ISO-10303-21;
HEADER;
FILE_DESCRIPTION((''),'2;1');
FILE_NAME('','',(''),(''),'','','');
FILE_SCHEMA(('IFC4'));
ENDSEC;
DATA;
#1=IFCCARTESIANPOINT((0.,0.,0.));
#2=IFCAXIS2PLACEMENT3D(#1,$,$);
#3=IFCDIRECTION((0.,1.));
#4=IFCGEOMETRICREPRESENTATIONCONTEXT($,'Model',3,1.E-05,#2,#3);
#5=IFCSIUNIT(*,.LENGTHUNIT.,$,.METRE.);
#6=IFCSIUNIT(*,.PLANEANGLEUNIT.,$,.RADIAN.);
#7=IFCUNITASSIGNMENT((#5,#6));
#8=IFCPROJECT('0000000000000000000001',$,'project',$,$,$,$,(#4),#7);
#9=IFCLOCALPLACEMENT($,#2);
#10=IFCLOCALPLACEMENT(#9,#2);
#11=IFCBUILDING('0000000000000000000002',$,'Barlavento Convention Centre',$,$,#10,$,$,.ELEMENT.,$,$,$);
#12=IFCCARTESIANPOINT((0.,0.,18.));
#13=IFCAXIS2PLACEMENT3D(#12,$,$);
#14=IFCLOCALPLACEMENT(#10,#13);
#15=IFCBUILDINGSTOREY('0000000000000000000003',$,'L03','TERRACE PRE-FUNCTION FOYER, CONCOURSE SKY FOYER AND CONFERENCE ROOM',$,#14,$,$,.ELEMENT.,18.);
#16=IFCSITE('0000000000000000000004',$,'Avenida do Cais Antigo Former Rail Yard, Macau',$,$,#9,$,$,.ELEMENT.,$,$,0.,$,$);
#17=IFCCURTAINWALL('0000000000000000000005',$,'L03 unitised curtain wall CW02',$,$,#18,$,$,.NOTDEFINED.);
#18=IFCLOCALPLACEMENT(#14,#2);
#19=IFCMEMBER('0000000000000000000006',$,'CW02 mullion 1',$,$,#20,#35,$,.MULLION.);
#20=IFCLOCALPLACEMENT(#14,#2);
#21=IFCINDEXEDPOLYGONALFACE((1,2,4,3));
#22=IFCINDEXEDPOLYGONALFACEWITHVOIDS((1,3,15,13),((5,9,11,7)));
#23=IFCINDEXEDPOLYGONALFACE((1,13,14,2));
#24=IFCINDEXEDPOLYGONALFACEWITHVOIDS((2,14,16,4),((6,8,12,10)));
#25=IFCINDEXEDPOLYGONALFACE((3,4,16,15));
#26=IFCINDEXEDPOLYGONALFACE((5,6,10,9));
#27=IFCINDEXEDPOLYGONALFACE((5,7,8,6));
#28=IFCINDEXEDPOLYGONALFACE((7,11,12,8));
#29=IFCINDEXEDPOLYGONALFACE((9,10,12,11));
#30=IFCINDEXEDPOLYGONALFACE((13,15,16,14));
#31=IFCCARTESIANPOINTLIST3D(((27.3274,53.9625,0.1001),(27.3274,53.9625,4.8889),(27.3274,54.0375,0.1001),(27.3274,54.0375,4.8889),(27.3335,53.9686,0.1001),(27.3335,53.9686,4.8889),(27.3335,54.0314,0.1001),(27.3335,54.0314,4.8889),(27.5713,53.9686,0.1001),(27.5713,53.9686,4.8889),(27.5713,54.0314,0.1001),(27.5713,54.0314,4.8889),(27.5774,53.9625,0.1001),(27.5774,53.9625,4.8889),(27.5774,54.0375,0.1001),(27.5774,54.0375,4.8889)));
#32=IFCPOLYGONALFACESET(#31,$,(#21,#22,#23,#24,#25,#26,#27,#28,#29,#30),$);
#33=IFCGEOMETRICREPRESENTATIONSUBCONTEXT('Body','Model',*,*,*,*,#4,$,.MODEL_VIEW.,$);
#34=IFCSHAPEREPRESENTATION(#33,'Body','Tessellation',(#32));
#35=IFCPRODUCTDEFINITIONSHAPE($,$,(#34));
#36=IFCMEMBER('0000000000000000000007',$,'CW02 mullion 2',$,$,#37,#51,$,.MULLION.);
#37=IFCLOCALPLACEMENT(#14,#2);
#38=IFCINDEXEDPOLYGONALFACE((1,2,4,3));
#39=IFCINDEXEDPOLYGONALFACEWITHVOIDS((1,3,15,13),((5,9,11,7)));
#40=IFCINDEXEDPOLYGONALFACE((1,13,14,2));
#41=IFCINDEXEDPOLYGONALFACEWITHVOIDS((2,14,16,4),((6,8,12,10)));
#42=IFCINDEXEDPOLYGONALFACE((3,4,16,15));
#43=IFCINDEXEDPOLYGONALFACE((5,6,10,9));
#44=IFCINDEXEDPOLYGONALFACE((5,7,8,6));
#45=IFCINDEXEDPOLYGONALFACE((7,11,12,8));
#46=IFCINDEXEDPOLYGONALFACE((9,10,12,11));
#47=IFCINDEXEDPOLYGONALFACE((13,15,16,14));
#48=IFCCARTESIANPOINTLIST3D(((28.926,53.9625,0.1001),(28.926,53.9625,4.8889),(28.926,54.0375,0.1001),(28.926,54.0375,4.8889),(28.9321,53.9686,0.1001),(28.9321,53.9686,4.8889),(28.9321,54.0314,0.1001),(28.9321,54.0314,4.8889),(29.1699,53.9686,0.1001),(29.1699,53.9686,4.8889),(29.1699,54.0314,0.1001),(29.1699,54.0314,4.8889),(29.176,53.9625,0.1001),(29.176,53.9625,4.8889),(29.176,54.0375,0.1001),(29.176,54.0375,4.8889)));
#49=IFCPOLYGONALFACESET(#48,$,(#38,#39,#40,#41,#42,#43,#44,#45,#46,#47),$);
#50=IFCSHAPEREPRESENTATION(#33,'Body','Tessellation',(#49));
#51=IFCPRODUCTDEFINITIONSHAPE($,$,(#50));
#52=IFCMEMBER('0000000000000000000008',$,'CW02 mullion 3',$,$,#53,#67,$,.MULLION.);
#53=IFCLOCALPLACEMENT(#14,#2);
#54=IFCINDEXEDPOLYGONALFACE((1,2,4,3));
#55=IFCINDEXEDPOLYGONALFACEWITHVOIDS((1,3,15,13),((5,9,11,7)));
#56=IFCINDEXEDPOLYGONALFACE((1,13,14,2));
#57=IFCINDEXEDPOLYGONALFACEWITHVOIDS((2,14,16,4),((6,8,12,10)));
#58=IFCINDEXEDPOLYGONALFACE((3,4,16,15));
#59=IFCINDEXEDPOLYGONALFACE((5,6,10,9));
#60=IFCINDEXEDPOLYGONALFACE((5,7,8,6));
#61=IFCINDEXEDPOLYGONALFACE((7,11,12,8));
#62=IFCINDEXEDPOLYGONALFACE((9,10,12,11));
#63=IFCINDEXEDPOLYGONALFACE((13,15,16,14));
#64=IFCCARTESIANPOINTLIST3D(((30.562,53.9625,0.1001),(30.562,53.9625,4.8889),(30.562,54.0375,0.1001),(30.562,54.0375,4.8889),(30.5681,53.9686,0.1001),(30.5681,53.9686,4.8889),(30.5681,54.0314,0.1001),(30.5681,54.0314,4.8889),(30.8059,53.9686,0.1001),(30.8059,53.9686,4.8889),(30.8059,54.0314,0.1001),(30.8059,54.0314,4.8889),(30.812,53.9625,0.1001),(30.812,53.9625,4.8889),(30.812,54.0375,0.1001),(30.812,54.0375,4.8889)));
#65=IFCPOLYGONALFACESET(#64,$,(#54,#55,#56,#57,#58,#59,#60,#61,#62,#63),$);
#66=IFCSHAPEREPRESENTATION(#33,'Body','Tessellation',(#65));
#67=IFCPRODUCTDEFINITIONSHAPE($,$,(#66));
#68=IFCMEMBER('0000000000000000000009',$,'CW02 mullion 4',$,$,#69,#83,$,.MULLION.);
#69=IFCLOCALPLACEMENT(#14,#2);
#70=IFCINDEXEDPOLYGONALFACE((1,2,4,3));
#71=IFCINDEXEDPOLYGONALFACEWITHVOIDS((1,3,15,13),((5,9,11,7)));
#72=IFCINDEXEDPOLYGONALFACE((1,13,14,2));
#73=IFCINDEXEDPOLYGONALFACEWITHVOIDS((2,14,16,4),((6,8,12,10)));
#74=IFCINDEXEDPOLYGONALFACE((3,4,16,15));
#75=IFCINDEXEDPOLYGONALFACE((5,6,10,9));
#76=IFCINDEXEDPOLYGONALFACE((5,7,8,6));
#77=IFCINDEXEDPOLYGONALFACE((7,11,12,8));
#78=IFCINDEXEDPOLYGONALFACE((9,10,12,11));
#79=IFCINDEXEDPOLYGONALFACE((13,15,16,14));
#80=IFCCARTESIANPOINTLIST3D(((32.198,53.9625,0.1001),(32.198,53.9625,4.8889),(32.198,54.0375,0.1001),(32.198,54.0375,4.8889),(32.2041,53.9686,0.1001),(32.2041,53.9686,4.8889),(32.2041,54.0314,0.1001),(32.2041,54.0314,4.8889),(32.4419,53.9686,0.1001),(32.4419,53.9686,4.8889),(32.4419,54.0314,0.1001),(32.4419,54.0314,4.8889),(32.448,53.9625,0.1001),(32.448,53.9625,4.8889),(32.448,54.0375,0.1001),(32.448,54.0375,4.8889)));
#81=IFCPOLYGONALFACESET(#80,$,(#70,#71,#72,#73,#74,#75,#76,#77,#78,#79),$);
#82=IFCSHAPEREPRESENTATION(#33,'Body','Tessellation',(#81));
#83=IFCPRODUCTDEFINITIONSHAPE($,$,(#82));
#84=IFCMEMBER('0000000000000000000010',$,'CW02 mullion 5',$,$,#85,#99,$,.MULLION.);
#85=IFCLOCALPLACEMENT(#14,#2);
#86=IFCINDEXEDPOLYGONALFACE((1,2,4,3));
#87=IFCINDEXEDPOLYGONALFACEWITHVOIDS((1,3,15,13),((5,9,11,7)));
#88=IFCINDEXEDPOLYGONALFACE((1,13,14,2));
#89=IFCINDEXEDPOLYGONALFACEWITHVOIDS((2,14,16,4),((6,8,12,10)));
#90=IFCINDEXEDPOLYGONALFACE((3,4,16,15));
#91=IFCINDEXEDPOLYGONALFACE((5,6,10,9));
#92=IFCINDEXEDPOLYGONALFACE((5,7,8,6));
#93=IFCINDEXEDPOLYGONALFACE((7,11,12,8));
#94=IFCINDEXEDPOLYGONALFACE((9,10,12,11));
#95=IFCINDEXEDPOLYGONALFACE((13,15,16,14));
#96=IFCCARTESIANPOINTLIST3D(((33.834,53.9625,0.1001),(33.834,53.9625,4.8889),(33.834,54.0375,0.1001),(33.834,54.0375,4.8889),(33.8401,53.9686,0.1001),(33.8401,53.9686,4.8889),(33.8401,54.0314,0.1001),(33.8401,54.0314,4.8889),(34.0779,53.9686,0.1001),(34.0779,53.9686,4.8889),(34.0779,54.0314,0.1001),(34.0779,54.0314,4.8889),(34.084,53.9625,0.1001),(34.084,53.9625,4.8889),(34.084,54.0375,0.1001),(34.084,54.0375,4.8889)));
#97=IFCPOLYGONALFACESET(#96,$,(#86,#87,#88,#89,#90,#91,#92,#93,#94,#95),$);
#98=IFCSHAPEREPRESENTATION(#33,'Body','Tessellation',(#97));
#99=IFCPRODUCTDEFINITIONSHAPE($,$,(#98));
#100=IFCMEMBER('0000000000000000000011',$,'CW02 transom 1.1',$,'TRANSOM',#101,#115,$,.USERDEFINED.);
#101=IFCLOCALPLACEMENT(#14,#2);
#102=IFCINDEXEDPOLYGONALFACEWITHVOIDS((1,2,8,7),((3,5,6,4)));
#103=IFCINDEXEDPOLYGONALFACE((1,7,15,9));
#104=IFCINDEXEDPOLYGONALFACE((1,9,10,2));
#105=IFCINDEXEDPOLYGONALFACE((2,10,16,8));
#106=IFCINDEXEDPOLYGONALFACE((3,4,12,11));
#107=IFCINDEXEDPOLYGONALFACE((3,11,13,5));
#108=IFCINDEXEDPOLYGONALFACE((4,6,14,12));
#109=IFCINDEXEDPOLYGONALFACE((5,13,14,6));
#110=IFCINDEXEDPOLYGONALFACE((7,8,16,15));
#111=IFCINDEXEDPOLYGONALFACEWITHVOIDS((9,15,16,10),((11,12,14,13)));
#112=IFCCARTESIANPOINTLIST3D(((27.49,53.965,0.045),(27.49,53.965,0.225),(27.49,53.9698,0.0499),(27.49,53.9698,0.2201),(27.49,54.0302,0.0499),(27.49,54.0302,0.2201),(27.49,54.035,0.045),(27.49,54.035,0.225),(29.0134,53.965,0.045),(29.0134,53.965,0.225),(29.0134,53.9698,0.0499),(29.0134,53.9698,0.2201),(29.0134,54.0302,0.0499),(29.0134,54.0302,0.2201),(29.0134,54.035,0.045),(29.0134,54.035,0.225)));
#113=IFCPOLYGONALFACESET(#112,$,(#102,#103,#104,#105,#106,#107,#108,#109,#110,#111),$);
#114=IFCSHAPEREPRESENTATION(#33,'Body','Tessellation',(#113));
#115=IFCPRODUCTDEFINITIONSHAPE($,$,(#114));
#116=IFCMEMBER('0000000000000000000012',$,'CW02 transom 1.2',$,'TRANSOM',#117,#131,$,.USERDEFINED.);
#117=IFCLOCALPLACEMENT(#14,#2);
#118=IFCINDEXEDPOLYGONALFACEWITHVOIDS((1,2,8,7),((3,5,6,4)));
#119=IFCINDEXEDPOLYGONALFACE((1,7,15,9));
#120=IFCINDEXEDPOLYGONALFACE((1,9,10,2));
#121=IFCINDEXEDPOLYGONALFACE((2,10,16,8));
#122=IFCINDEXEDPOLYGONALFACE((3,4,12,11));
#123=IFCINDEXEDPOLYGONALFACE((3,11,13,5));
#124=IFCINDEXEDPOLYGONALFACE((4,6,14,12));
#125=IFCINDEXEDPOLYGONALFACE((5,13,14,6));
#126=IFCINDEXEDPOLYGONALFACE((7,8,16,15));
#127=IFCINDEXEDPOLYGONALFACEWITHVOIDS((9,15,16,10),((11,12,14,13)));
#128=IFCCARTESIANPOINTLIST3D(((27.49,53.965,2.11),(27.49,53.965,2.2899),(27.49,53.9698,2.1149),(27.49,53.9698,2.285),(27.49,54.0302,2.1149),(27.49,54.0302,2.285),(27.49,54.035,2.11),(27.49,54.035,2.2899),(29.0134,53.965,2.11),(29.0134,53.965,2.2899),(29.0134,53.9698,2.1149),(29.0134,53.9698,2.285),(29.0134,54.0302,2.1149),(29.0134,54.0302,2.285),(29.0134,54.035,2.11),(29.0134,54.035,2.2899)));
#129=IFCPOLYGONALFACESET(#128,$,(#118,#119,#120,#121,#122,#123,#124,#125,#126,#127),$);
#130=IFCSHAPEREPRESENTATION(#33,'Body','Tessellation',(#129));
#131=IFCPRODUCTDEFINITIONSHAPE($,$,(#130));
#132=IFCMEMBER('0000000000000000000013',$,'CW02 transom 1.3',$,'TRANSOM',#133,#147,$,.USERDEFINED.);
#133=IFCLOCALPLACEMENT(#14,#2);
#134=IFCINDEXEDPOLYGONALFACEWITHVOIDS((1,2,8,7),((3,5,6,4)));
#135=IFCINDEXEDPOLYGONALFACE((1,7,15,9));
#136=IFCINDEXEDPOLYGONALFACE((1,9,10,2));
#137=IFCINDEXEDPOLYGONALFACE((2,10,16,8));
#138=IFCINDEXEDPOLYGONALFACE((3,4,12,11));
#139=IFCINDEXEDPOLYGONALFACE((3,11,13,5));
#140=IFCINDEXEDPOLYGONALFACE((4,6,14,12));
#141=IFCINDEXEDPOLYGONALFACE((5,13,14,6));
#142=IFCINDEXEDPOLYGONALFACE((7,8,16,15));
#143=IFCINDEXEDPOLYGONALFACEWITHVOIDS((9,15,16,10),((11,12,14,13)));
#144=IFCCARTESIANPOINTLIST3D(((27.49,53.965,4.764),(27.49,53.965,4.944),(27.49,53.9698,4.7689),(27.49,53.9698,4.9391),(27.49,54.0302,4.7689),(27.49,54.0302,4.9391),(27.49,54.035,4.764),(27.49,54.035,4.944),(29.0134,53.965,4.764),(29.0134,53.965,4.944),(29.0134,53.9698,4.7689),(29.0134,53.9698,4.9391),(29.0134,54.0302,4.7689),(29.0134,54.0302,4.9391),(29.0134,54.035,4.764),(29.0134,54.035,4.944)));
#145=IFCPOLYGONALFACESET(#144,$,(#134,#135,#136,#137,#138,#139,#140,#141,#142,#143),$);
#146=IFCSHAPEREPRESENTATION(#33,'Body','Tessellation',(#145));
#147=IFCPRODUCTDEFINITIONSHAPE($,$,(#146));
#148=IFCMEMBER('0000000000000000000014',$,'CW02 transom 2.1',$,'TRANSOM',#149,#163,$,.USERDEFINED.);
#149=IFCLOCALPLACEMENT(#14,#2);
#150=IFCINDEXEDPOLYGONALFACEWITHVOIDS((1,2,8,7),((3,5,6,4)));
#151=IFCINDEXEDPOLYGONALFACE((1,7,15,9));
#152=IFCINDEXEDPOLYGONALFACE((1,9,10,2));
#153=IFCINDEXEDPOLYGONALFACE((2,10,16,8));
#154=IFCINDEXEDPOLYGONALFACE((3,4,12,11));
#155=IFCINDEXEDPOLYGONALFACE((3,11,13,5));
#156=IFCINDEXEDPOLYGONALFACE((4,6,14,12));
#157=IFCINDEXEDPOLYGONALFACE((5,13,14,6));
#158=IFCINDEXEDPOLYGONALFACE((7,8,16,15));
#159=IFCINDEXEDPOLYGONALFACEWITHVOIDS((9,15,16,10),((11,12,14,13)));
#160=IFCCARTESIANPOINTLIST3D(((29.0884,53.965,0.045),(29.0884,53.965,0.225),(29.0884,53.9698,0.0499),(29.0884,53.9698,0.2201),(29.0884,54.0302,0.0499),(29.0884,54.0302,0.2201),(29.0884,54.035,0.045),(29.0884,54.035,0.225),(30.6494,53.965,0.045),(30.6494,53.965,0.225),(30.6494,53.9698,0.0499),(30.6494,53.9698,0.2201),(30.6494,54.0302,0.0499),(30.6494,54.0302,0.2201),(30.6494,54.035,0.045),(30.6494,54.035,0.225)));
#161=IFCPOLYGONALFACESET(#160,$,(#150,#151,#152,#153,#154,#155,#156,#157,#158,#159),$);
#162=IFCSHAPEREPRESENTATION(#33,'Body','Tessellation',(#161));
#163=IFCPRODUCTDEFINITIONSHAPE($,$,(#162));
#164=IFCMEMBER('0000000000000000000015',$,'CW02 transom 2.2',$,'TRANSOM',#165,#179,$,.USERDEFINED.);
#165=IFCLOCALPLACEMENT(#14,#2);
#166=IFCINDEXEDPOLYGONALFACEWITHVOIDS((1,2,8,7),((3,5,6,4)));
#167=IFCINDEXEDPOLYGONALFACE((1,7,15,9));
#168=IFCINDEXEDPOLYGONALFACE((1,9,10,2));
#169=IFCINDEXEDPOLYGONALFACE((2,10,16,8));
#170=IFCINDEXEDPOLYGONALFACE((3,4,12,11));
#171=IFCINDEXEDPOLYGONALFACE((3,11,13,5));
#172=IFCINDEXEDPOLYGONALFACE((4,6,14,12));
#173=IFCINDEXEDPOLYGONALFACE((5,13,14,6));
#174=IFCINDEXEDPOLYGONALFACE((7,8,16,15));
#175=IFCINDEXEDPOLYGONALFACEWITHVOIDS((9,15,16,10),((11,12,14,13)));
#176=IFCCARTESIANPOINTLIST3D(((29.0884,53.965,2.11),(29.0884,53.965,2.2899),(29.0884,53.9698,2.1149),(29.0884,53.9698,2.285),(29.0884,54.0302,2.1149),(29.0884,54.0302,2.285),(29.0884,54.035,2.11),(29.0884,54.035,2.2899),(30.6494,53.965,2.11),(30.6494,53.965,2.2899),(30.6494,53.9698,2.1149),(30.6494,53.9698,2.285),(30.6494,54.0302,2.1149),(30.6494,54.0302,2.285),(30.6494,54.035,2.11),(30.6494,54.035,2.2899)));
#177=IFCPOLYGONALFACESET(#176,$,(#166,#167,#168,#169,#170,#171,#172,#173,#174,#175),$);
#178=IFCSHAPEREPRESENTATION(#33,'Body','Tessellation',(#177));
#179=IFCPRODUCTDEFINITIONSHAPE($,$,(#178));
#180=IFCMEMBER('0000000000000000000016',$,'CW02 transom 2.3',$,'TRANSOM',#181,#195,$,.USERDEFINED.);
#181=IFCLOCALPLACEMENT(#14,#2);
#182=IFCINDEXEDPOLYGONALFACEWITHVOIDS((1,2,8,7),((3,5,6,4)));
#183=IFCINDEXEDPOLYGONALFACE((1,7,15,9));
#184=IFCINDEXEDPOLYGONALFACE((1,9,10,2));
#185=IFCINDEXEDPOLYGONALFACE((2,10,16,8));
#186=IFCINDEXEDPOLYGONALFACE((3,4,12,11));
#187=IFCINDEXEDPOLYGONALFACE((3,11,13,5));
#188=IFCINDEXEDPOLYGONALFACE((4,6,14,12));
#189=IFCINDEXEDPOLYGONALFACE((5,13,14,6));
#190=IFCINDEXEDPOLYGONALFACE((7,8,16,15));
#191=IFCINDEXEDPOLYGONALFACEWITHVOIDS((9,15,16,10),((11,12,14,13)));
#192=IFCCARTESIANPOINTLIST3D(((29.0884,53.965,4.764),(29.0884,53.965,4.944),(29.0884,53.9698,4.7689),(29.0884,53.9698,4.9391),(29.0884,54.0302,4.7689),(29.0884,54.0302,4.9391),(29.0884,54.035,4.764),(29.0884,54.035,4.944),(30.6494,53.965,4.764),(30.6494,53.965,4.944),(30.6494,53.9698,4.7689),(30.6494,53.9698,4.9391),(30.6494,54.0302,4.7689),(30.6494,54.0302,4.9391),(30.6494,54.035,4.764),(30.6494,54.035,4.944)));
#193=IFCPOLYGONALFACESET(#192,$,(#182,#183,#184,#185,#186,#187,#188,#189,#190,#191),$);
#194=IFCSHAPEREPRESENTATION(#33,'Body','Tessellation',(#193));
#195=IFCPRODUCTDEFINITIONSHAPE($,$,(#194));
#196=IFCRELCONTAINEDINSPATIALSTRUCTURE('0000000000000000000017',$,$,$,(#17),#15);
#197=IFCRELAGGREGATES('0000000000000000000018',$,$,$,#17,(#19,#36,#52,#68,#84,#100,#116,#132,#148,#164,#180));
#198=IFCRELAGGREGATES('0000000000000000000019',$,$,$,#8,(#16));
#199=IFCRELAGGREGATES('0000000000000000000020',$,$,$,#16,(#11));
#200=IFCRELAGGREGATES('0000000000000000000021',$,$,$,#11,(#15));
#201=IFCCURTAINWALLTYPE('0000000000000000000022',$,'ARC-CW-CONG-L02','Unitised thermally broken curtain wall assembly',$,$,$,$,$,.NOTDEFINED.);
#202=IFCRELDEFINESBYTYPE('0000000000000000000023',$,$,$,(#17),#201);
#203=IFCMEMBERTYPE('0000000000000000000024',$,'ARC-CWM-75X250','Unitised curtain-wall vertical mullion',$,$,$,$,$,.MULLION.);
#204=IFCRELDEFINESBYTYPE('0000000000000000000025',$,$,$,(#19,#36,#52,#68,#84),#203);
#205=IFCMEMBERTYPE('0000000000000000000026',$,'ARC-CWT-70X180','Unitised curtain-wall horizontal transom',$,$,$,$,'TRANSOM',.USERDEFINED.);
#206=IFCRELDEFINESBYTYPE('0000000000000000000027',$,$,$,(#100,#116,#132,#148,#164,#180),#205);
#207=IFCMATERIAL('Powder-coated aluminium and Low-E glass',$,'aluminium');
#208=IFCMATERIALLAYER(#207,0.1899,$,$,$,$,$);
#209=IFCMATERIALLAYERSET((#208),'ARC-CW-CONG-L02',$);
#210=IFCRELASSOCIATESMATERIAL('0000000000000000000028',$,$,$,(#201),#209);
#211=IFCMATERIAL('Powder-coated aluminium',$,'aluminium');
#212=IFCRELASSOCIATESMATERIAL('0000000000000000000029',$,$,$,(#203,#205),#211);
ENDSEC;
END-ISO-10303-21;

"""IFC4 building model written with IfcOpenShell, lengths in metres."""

from ifc_helpers import new_model, si_unit, direction, frame, origin, origin_2d, place, context, subcontext, project, spatial, hollow_rectangle, extrude, material, layer, layer_set, material_profile, profile_set, type_object, element, aggregate, save


model = new_model("IFC4")

# Units and contexts
model_context = context("Model", 3, precision=1e-05, world=origin(), true_north=direction((0.0, 1.0)))
body_context = subcontext(model_context, "Body", "Model", "MODEL_VIEW")
ifc_project = project(units=[si_unit("LENGTHUNIT", "METRE"), si_unit("PLANEANGLEUNIT", "RADIAN")], contexts=[model_context])

# Site, building, storey
site_placement = place(None, origin())
site = spatial("IfcSite", under=ifc_project, at=site_placement, Name="Avenida do Cais Antigo Former Rail Yard, Macau", CompositionType="ELEMENT", RefElevation=0.0)
building_placement = place(site_placement, origin())
building = spatial("IfcBuilding", under=site, at=building_placement, Name="Barlavento Convention Centre", CompositionType="ELEMENT")
storey_placement = place(building_placement, frame((0.0, 0.0, 18.0)))
storey = spatial("IfcBuildingStorey", under=building, at=storey_placement, Name="L03", Description="TERRACE PRE-FUNCTION FOYER, CONCOURSE SKY FOYER AND CONFERENCE ROOM", CompositionType="ELEMENT", Elevation=18.0)

# Curtain wall, members
ifc_material_1 = material(Name="Powder-coated aluminium and Low-E glass", Category="aluminium")
ifc_layer_1 = layer(ifc_material_1, 0.1899)
ifc_layer_set_1 = layer_set([ifc_layer_1], Name="ARC-CW-CONG-L02")
curtain_wall_type = type_object("IfcCurtainWallType", Name="ARC-CW-CONG-L02", Description="Unitised thermally broken curtain wall assembly", PredefinedType="NOTDEFINED", material=ifc_layer_set_1)
curtain_wall_placement = place(storey_placement, origin())
curtain_wall = element("IfcCurtainWall", 1, at=curtain_wall_placement, inside=storey, type_object=curtain_wall_type, Name="L03 unitised curtain wall CW02", PredefinedType="NOTDEFINED")
ifc_material_2 = material(Name="Powder-coated aluminium", Category="aluminium")
ifc_material_profile_1 = material_profile(ifc_material_2, hollow_rectangle(XDim=0.075, YDim=0.25, WallThickness=0.0061, at=origin_2d()), Name="AL-MULL 75x250x6")
ifc_profile_set_1 = profile_set([ifc_material_profile_1], Name="Powder-coated aluminium")
member_type_1 = type_object("IfcMemberType", Name="ARC-CWM-75X250", Description="Unitised curtain-wall vertical mullion", PredefinedType="MULLION", material=ifc_profile_set_1)
member_1_placement = place(storey_placement, frame((27.4524, 54.0, 0.1001), z_axis=(0.0, 0.0, 1.0), x_axis=(0.0, 1.0, 0.0)))
member_1 = element("IfcMember", 2, at=member_1_placement, type_object=member_type_1, Name="CW02 mullion 1", PredefinedType="MULLION", context=body_context, shape_type="SweptSolid", body=[
    extrude(hollow_rectangle(XDim=0.075, YDim=0.25, WallThickness=0.0061, at=origin_2d()), origin(), (0.0, 0.0, 1.0), 4.7888),
])
member_2_placement = place(storey_placement, frame((29.051, 54.0, 0.1001), z_axis=(0.0, 0.0, 1.0), x_axis=(0.0, 1.0, 0.0)))
member_2 = element("IfcMember", 3, at=member_2_placement, type_object=member_type_1, Name="CW02 mullion 2", PredefinedType="MULLION", context=body_context, shape_type="SweptSolid", body=[
    extrude(hollow_rectangle(XDim=0.075, YDim=0.25, WallThickness=0.0061, at=origin_2d()), origin(), (0.0, 0.0, 1.0), 4.7888),
])
member_3_placement = place(storey_placement, frame((30.687, 54.0, 0.1001), z_axis=(0.0, 0.0, 1.0), x_axis=(0.0, 1.0, 0.0)))
member_3 = element("IfcMember", 4, at=member_3_placement, type_object=member_type_1, Name="CW02 mullion 3", PredefinedType="MULLION", context=body_context, shape_type="SweptSolid", body=[
    extrude(hollow_rectangle(XDim=0.075, YDim=0.25, WallThickness=0.0061, at=origin_2d()), origin(), (0.0, 0.0, 1.0), 4.7888),
])
member_4_placement = place(storey_placement, frame((32.323, 54.0, 0.1001), z_axis=(0.0, 0.0, 1.0), x_axis=(0.0, 1.0, 0.0)))
member_4 = element("IfcMember", 5, at=member_4_placement, type_object=member_type_1, Name="CW02 mullion 4", PredefinedType="MULLION", context=body_context, shape_type="SweptSolid", body=[
    extrude(hollow_rectangle(XDim=0.075, YDim=0.25, WallThickness=0.0061, at=origin_2d()), origin(), (0.0, 0.0, 1.0), 4.7888),
])
member_5_placement = place(storey_placement, frame((33.959, 54.0, 0.1001), z_axis=(0.0, 0.0, 1.0), x_axis=(0.0, 1.0, 0.0)))
member_5 = element("IfcMember", 6, at=member_5_placement, type_object=member_type_1, Name="CW02 mullion 5", PredefinedType="MULLION", context=body_context, shape_type="SweptSolid", body=[
    extrude(hollow_rectangle(XDim=0.075, YDim=0.25, WallThickness=0.0061, at=origin_2d()), origin(), (0.0, 0.0, 1.0), 4.7888),
])
ifc_material_profile_2 = material_profile(ifc_material_2, hollow_rectangle(XDim=0.0701, YDim=0.1799, WallThickness=0.0049, at=origin_2d()), Name="AL-TRAN 70x180x5")
ifc_profile_set_2 = profile_set([ifc_material_profile_2], Name="Powder-coated aluminium")
member_type_2 = type_object("IfcMemberType", Name="ARC-CWT-70X180", Description="Unitised curtain-wall horizontal transom", ElementType="TRANSOM", PredefinedType="USERDEFINED", material=ifc_profile_set_2)
member_6_placement = place(storey_placement, frame((27.49, 54.0, 0.135), z_axis=(1.0, 0.0, 0.0), x_axis=(0.0, 1.0, 0.0)))
member_6 = element("IfcMember", 7, at=member_6_placement, type_object=member_type_2, Name="CW02 transom 1.1", ObjectType="TRANSOM", PredefinedType="USERDEFINED", context=body_context, shape_type="SweptSolid", body=[
    extrude(hollow_rectangle(XDim=0.0701, YDim=0.1799, WallThickness=0.0049, at=origin_2d()), origin(), (0.0, 0.0, 1.0), 1.5234),
])
member_7_placement = place(storey_placement, frame((27.49, 54.0, 2.2), z_axis=(1.0, 0.0, 0.0), x_axis=(0.0, 1.0, 0.0)))
member_7 = element("IfcMember", 8, at=member_7_placement, type_object=member_type_2, Name="CW02 transom 1.2", ObjectType="TRANSOM", PredefinedType="USERDEFINED", context=body_context, shape_type="SweptSolid", body=[
    extrude(hollow_rectangle(XDim=0.0701, YDim=0.1799, WallThickness=0.0049, at=origin_2d()), origin(), (0.0, 0.0, 1.0), 1.5234),
])
member_8_placement = place(storey_placement, frame((27.49, 54.0, 4.854), z_axis=(1.0, 0.0, 0.0), x_axis=(0.0, 1.0, 0.0)))
member_8 = element("IfcMember", 9, at=member_8_placement, type_object=member_type_2, Name="CW02 transom 1.3", ObjectType="TRANSOM", PredefinedType="USERDEFINED", context=body_context, shape_type="SweptSolid", body=[
    extrude(hollow_rectangle(XDim=0.0701, YDim=0.1799, WallThickness=0.0049, at=origin_2d()), origin(), (0.0, 0.0, 1.0), 1.5234),
])
member_9_placement = place(storey_placement, frame((29.0884, 54.0, 0.135), z_axis=(1.0, 0.0, 0.0), x_axis=(0.0, 1.0, 0.0)))
member_9 = element("IfcMember", 10, at=member_9_placement, type_object=member_type_2, Name="CW02 transom 2.1", ObjectType="TRANSOM", PredefinedType="USERDEFINED", context=body_context, shape_type="SweptSolid", body=[
    extrude(hollow_rectangle(XDim=0.0701, YDim=0.1799, WallThickness=0.0049, at=origin_2d()), origin(), (0.0, 0.0, 1.0), 1.561),
])
member_10_placement = place(storey_placement, frame((29.0884, 54.0, 2.2), z_axis=(1.0, 0.0, 0.0), x_axis=(0.0, 1.0, 0.0)))
member_10 = element("IfcMember", 11, at=member_10_placement, type_object=member_type_2, Name="CW02 transom 2.2", ObjectType="TRANSOM", PredefinedType="USERDEFINED", context=body_context, shape_type="SweptSolid", body=[
    extrude(hollow_rectangle(XDim=0.0701, YDim=0.1799, WallThickness=0.0049, at=origin_2d()), origin(), (0.0, 0.0, 1.0), 1.561),
])
member_11_placement = place(storey_placement, frame((29.0884, 54.0, 4.854), z_axis=(1.0, 0.0, 0.0), x_axis=(0.0, 1.0, 0.0)))
member_11 = element("IfcMember", 12, at=member_11_placement, type_object=member_type_2, Name="CW02 transom 2.3", ObjectType="TRANSOM", PredefinedType="USERDEFINED", context=body_context, shape_type="SweptSolid", body=[
    extrude(hollow_rectangle(XDim=0.0701, YDim=0.1799, WallThickness=0.0049, at=origin_2d()), origin(), (0.0, 0.0, 1.0), 1.561),
])

aggregate(curtain_wall, [member_1, member_2, member_3, member_4, member_5, member_6, member_7, member_8, member_9, member_10, member_11])

save(model, "model.ifc")
